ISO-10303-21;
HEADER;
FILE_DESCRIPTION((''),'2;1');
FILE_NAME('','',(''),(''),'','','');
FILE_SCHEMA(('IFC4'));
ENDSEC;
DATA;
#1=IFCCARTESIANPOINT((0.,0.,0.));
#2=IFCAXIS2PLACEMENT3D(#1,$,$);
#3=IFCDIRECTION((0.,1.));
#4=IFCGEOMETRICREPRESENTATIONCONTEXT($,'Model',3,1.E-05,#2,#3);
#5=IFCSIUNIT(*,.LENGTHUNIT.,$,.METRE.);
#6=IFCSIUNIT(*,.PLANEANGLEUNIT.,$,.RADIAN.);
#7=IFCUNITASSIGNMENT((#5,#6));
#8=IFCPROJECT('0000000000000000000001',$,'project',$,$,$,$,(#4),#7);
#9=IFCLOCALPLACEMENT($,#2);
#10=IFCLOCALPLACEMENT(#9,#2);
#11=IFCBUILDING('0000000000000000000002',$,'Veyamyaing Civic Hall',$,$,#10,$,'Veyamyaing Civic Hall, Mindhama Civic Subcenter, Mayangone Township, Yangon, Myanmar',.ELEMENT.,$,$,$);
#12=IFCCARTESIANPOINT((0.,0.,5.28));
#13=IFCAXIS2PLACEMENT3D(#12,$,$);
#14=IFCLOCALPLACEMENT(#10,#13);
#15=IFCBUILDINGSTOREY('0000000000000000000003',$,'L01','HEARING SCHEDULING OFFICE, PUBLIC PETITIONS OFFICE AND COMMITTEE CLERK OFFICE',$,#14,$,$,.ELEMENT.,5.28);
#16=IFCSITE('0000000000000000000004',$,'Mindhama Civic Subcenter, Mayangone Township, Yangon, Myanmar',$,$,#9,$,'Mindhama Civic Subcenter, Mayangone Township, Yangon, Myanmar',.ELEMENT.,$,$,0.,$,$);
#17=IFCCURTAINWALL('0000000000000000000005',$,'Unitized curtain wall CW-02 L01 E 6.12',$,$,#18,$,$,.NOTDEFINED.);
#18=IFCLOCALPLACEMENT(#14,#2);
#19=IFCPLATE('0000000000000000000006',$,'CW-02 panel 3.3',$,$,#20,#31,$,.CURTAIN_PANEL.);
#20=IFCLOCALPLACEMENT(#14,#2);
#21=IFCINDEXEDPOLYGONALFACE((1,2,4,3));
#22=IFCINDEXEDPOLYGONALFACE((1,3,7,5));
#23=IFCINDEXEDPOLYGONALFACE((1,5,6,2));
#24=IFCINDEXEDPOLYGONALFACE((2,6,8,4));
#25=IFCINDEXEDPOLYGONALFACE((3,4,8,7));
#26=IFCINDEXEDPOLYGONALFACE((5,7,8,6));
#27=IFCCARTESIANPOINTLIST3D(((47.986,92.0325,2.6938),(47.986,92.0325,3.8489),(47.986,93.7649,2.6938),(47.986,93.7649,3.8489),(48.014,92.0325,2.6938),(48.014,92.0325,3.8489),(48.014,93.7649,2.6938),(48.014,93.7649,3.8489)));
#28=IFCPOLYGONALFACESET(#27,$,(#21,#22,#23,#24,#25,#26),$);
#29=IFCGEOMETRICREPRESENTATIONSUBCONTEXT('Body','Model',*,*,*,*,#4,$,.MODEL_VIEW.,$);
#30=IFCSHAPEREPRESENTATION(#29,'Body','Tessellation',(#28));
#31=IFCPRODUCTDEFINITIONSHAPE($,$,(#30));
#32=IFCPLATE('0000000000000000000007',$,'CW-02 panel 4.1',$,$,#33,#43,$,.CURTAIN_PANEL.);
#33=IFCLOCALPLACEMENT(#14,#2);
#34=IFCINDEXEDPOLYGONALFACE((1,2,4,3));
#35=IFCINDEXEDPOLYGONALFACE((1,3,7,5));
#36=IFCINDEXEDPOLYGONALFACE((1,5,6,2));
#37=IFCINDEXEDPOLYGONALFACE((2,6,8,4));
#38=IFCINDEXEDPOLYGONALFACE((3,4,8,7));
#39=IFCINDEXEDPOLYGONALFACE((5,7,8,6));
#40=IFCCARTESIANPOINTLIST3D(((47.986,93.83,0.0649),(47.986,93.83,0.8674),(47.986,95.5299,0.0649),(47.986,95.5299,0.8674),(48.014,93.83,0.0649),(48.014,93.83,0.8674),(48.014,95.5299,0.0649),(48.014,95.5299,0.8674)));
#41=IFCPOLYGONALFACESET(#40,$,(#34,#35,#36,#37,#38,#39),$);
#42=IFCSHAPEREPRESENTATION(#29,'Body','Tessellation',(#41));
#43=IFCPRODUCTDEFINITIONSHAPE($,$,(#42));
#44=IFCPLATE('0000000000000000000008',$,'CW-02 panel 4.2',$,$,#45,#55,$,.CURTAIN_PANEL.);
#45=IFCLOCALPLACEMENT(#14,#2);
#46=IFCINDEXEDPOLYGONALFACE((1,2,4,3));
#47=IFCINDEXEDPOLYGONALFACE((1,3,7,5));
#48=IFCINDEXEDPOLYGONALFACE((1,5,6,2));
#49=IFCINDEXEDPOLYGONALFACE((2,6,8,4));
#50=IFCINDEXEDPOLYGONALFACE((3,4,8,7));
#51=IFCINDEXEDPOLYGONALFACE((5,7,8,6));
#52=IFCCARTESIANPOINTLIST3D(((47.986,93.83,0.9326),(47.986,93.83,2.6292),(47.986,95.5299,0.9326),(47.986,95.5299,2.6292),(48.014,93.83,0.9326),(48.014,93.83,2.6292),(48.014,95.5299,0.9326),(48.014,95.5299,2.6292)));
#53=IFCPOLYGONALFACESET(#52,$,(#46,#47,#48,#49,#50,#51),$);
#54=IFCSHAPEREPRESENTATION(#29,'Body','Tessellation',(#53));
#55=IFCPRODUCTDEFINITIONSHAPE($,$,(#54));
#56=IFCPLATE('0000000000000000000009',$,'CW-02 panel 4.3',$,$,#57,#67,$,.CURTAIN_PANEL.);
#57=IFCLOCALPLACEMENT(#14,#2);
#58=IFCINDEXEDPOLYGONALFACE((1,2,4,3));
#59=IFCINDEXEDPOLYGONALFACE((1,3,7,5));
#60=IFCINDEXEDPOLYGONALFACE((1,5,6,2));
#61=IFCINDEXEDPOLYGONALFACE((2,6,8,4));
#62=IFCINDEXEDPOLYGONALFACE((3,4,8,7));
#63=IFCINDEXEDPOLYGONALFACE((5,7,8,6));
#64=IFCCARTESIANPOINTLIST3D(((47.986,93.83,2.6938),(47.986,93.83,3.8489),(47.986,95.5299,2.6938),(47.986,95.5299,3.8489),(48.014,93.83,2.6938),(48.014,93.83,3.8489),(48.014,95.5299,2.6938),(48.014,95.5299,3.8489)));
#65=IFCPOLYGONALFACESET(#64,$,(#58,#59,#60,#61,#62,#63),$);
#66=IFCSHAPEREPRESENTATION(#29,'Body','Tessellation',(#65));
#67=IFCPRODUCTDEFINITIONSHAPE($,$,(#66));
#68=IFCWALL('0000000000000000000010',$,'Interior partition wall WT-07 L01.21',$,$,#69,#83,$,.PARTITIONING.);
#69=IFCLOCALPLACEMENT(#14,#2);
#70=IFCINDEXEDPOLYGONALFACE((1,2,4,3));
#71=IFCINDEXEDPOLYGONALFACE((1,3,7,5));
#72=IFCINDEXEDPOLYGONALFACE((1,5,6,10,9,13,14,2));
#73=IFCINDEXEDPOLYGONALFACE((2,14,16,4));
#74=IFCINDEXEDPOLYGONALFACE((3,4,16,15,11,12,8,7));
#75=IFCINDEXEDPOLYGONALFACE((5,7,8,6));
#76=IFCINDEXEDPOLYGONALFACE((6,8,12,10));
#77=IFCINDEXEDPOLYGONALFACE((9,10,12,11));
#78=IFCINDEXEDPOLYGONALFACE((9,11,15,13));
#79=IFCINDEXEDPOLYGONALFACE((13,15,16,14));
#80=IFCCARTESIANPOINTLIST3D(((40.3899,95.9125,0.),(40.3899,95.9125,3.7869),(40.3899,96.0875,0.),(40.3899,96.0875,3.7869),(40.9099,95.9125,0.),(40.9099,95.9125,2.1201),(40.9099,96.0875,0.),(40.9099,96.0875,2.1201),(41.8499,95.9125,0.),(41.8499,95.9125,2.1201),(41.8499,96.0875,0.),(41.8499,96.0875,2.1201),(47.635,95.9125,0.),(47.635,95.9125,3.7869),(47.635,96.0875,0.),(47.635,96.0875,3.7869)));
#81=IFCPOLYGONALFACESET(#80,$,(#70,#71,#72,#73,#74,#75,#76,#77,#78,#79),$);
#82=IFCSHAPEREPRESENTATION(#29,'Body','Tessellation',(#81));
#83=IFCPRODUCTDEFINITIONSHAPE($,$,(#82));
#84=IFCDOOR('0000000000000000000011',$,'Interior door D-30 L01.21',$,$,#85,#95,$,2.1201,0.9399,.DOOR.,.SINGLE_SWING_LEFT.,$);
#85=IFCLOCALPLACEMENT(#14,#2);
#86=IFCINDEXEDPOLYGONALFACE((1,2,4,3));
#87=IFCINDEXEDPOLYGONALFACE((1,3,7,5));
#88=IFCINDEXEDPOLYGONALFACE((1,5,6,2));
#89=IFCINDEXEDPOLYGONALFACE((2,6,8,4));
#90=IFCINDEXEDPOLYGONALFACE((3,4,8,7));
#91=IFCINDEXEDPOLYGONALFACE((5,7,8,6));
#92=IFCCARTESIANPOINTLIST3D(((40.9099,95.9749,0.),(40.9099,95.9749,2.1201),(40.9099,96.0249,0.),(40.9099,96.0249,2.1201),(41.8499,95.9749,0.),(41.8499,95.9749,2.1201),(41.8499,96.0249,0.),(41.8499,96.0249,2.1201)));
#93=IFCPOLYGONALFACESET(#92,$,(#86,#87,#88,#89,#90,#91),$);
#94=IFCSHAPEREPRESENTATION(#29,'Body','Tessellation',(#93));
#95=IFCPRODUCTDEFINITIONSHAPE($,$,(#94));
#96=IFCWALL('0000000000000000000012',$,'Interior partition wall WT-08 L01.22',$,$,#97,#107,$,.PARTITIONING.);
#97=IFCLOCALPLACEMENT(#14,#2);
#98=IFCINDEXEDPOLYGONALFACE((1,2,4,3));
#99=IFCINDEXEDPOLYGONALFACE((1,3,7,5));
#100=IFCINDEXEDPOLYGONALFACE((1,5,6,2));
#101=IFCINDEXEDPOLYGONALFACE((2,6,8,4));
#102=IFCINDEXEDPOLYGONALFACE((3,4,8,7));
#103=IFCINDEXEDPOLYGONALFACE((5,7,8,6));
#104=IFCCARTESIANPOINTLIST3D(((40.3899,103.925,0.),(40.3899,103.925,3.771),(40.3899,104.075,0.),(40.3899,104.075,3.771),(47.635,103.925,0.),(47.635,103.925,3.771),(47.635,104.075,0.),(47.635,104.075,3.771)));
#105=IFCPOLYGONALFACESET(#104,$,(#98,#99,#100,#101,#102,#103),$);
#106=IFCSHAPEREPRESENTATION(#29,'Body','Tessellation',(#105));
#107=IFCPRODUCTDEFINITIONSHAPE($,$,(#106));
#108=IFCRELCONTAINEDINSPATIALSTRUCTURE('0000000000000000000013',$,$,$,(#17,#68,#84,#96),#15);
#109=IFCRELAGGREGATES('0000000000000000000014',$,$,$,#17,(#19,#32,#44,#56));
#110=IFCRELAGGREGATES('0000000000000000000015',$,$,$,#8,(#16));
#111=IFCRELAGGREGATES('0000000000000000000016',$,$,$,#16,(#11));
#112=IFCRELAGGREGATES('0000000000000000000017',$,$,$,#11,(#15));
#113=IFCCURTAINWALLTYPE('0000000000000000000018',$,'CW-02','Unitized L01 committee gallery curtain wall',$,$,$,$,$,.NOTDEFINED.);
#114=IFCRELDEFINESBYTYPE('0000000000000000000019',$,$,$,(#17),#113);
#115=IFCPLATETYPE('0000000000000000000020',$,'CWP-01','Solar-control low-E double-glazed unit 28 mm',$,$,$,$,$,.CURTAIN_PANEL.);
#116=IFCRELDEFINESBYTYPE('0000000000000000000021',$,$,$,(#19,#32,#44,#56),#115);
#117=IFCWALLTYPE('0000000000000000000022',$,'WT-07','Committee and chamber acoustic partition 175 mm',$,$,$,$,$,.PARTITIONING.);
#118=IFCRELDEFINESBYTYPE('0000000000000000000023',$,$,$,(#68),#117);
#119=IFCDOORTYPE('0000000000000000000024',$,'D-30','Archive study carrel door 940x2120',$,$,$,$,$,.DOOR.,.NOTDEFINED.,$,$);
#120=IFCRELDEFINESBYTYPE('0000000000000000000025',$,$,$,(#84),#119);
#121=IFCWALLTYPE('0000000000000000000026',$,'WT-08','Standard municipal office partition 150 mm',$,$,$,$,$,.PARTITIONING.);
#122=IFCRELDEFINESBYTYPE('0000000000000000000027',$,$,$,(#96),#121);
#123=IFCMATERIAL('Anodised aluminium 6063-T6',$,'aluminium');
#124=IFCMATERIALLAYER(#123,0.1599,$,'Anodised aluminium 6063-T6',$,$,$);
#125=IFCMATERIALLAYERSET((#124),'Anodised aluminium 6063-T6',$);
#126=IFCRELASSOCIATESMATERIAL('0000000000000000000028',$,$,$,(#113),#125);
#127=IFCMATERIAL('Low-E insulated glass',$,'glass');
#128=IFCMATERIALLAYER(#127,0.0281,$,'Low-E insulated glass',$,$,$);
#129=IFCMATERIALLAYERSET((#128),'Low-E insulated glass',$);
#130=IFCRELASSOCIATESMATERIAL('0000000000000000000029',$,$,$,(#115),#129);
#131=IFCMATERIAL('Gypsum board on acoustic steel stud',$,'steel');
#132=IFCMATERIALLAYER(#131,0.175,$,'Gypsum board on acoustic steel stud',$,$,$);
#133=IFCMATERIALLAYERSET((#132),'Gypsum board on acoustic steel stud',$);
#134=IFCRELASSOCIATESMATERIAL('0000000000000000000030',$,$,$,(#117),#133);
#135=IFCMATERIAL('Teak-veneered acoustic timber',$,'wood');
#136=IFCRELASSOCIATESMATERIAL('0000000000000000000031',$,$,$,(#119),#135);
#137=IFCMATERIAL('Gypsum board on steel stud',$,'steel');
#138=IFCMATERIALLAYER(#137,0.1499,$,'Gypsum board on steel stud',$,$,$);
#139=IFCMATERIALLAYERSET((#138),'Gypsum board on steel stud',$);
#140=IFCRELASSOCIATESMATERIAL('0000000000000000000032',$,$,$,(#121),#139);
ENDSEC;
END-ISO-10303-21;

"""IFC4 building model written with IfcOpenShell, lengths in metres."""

from ifc_helpers import new_model, si_unit, direction, frame, frame_2d, origin, origin_2d, place, context, subcontext, project, spatial, rectangle, extrude, material, layer, layer_set, type_object, element, fill, aggregate, save


model = new_model("IFC4")

# Units and contexts
model_context = context("Model", 3, precision=1e-05, world=origin(), true_north=direction((0.0, 1.0)))
body_context = subcontext(model_context, "Body", "Model", "MODEL_VIEW")
ifc_project = project(units=[si_unit("LENGTHUNIT", "METRE"), si_unit("PLANEANGLEUNIT", "RADIAN")], contexts=[model_context])

# Site, building, storey
site_placement = place(None, origin())
site = spatial("IfcSite", under=ifc_project, at=site_placement, Name="Mindhama Civic Subcenter, Mayangone Township, Yangon, Myanmar", LongName="Mindhama Civic Subcenter, Mayangone Township, Yangon, Myanmar", CompositionType="ELEMENT", RefElevation=0.0)
building_placement = place(site_placement, origin())
building = spatial("IfcBuilding", under=site, at=building_placement, Name="Veyamyaing Civic Hall", LongName="Veyamyaing Civic Hall, Mindhama Civic Subcenter, Mayangone Township, Yangon, Myanmar", CompositionType="ELEMENT")
storey_placement = place(building_placement, frame((0.0, 0.0, 5.28)))
storey = spatial("IfcBuildingStorey", under=building, at=storey_placement, Name="L01", Description="HEARING SCHEDULING OFFICE, PUBLIC PETITIONS OFFICE AND COMMITTEE CLERK OFFICE", CompositionType="ELEMENT", Elevation=5.28)

# Curtain wall
ifc_material_1 = material(Name="Anodised aluminium 6063-T6", Category="aluminium")
ifc_layer_1 = layer(ifc_material_1, 0.1599, Name="Anodised aluminium 6063-T6")
ifc_layer_set_1 = layer_set([ifc_layer_1], Name="Anodised aluminium 6063-T6")
curtain_wall_type = type_object("IfcCurtainWallType", Name="CW-02", Description="Unitized L01 committee gallery curtain wall", PredefinedType="NOTDEFINED", material=ifc_layer_set_1)
curtain_wall_placement = place(storey_placement, origin())
curtain_wall = element("IfcCurtainWall", 1, at=curtain_wall_placement, inside=storey, type_object=curtain_wall_type, Name="Unitized curtain wall CW-02 L01 E 6.12", PredefinedType="NOTDEFINED")

# Plates
ifc_material_2 = material(Name="Low-E insulated glass", Category="glass")
ifc_layer_2 = layer(ifc_material_2, 0.0281, Name="Low-E insulated glass")
ifc_layer_set_2 = layer_set([ifc_layer_2], Name="Low-E insulated glass")
plate_type = type_object("IfcPlateType", Name="CWP-01", Description="Solar-control low-E double-glazed unit 28 mm", PredefinedType="CURTAIN_PANEL", material=ifc_layer_set_2)
plate_1_placement = place(storey_placement, frame((48.0, 92.8987, 2.6938), z_axis=(0.0, 0.0, 1.0), x_axis=(0.0, 1.0, 0.0)))
plate_1 = element("IfcPlate", 2, at=plate_1_placement, type_object=plate_type, Name="CW-02 panel 3.3", PredefinedType="CURTAIN_PANEL", context=body_context, shape_type="SweptSolid", body=[
    extrude(rectangle(XDim=1.7324, YDim=0.0281, at=origin_2d()), origin(), (0.0, 0.0, 1.0), 1.155),
])
plate_2_placement = place(storey_placement, frame((48.0, 94.6799, 0.0649), z_axis=(0.0, 0.0, 1.0), x_axis=(0.0, 1.0, 0.0)))
plate_2 = element("IfcPlate", 3, at=plate_2_placement, type_object=plate_type, Name="CW-02 panel 4.1", PredefinedType="CURTAIN_PANEL", context=body_context, shape_type="SweptSolid", body=[
    extrude(rectangle(XDim=1.7, YDim=0.0281, at=origin_2d()), origin(), (0.0, 0.0, 1.0), 0.8025),
])
plate_3_placement = place(storey_placement, frame((48.0, 94.6799, 0.9326), z_axis=(0.0, 0.0, 1.0), x_axis=(0.0, 1.0, 0.0)))
plate_3 = element("IfcPlate", 4, at=plate_3_placement, type_object=plate_type, Name="CW-02 panel 4.2", PredefinedType="CURTAIN_PANEL", context=body_context, shape_type="SweptSolid", body=[
    extrude(rectangle(XDim=1.7, YDim=0.0281, at=origin_2d()), origin(), (0.0, 0.0, 1.0), 1.6965),
])
plate_4_placement = place(storey_placement, frame((48.0, 94.6799, 2.6938), z_axis=(0.0, 0.0, 1.0), x_axis=(0.0, 1.0, 0.0)))
plate_4 = element("IfcPlate", 5, at=plate_4_placement, type_object=plate_type, Name="CW-02 panel 4.3", PredefinedType="CURTAIN_PANEL", context=body_context, shape_type="SweptSolid", body=[
    extrude(rectangle(XDim=1.7, YDim=0.0281, at=origin_2d()), origin(), (0.0, 0.0, 1.0), 1.155),
])
aggregate(curtain_wall, [plate_1, plate_2, plate_3, plate_4])

# Wall, opening, door
ifc_material_3 = material(Name="Gypsum board on acoustic steel stud", Category="steel")
ifc_layer_3 = layer(ifc_material_3, 0.175, Name="Gypsum board on acoustic steel stud")
ifc_layer_set_3 = layer_set([ifc_layer_3], Name="Gypsum board on acoustic steel stud")
wall_type_1 = type_object("IfcWallType", Name="WT-07", Description="Committee and chamber acoustic partition 175 mm", PredefinedType="PARTITIONING", material=ifc_layer_set_3)
wall_1_placement = place(storey_placement, frame((40.3899, 96.0, 0.0), z_axis=(0.0, 0.0, 1.0), x_axis=(1.0, 0.0, 0.0)))
wall_1 = element("IfcWall", 6, at=wall_1_placement, inside=storey, type_object=wall_type_1, Name="Interior partition wall WT-07 L01.21", PredefinedType="PARTITIONING", context=body_context, shape_type="SweptSolid", body=[
    extrude(rectangle(XDim=7.2451, YDim=0.175, at=frame_2d((3.6226, 0.0))), origin(), (0.0, 0.0, 1.0), 3.7869),
])
opening_placement = place(wall_1_placement, frame((0.52, 0.0, 0.0)))
opening = element("IfcOpeningElement", 7, at=opening_placement, cuts=wall_1, PredefinedType="OPENING", context=body_context, shape_type="SweptSolid", body=[
    extrude(rectangle(XDim=0.9399, YDim=2.1201, at=frame_2d((0.47, 1.0601))), frame((0.0, 0.0974, 0.0), z_axis=(0.0, -1.0, 0.0), x_axis=(1.0, 0.0, 0.0)), (0.0, 0.0, 1.0), 0.1951),
])
ifc_material_4 = material(Name="Teak-veneered acoustic timber", Category="wood")
door_type = type_object("IfcDoorType", Name="D-30", Description="Archive study carrel door 940x2120", OperationType="NOTDEFINED", PredefinedType="DOOR", material=ifc_material_4)
door_placement = place(opening_placement, origin())
door = element("IfcDoor", 8, at=door_placement, inside=storey, type_object=door_type, Name="Interior door D-30 L01.21", OperationType="SINGLE_SWING_LEFT", OverallHeight=2.1201, OverallWidth=0.9399, PredefinedType="DOOR", context=body_context, shape_type="SweptSolid", body=[
    extrude(rectangle(XDim=0.9399, YDim=2.1201, at=frame_2d((0.47, 1.0601))), frame((0.0, 0.0249, 0.0), z_axis=(0.0, -1.0, 0.0), x_axis=(1.0, 0.0, 0.0)), (0.0, 0.0, 1.0), 0.05),
])
fill(opening, door)

# Wall
ifc_material_5 = material(Name="Gypsum board on steel stud", Category="steel")
ifc_layer_4 = layer(ifc_material_5, 0.1499, Name="Gypsum board on steel stud")
ifc_layer_set_4 = layer_set([ifc_layer_4], Name="Gypsum board on steel stud")
wall_type_2 = type_object("IfcWallType", Name="WT-08", Description="Standard municipal office partition 150 mm", PredefinedType="PARTITIONING", material=ifc_layer_set_4)
wall_2_placement = place(storey_placement, frame((40.3899, 104.0, 0.0), z_axis=(0.0, 0.0, 1.0), x_axis=(1.0, 0.0, 0.0)))
element("IfcWall", 9, at=wall_2_placement, inside=storey, type_object=wall_type_2, Name="Interior partition wall WT-08 L01.22", PredefinedType="PARTITIONING", context=body_context, shape_type="SweptSolid", body=[
    extrude(rectangle(XDim=7.2451, YDim=0.1499, at=frame_2d((3.6226, 0.0))), origin(), (0.0, 0.0, 1.0), 3.771),
])

save(model, "model.ifc")
